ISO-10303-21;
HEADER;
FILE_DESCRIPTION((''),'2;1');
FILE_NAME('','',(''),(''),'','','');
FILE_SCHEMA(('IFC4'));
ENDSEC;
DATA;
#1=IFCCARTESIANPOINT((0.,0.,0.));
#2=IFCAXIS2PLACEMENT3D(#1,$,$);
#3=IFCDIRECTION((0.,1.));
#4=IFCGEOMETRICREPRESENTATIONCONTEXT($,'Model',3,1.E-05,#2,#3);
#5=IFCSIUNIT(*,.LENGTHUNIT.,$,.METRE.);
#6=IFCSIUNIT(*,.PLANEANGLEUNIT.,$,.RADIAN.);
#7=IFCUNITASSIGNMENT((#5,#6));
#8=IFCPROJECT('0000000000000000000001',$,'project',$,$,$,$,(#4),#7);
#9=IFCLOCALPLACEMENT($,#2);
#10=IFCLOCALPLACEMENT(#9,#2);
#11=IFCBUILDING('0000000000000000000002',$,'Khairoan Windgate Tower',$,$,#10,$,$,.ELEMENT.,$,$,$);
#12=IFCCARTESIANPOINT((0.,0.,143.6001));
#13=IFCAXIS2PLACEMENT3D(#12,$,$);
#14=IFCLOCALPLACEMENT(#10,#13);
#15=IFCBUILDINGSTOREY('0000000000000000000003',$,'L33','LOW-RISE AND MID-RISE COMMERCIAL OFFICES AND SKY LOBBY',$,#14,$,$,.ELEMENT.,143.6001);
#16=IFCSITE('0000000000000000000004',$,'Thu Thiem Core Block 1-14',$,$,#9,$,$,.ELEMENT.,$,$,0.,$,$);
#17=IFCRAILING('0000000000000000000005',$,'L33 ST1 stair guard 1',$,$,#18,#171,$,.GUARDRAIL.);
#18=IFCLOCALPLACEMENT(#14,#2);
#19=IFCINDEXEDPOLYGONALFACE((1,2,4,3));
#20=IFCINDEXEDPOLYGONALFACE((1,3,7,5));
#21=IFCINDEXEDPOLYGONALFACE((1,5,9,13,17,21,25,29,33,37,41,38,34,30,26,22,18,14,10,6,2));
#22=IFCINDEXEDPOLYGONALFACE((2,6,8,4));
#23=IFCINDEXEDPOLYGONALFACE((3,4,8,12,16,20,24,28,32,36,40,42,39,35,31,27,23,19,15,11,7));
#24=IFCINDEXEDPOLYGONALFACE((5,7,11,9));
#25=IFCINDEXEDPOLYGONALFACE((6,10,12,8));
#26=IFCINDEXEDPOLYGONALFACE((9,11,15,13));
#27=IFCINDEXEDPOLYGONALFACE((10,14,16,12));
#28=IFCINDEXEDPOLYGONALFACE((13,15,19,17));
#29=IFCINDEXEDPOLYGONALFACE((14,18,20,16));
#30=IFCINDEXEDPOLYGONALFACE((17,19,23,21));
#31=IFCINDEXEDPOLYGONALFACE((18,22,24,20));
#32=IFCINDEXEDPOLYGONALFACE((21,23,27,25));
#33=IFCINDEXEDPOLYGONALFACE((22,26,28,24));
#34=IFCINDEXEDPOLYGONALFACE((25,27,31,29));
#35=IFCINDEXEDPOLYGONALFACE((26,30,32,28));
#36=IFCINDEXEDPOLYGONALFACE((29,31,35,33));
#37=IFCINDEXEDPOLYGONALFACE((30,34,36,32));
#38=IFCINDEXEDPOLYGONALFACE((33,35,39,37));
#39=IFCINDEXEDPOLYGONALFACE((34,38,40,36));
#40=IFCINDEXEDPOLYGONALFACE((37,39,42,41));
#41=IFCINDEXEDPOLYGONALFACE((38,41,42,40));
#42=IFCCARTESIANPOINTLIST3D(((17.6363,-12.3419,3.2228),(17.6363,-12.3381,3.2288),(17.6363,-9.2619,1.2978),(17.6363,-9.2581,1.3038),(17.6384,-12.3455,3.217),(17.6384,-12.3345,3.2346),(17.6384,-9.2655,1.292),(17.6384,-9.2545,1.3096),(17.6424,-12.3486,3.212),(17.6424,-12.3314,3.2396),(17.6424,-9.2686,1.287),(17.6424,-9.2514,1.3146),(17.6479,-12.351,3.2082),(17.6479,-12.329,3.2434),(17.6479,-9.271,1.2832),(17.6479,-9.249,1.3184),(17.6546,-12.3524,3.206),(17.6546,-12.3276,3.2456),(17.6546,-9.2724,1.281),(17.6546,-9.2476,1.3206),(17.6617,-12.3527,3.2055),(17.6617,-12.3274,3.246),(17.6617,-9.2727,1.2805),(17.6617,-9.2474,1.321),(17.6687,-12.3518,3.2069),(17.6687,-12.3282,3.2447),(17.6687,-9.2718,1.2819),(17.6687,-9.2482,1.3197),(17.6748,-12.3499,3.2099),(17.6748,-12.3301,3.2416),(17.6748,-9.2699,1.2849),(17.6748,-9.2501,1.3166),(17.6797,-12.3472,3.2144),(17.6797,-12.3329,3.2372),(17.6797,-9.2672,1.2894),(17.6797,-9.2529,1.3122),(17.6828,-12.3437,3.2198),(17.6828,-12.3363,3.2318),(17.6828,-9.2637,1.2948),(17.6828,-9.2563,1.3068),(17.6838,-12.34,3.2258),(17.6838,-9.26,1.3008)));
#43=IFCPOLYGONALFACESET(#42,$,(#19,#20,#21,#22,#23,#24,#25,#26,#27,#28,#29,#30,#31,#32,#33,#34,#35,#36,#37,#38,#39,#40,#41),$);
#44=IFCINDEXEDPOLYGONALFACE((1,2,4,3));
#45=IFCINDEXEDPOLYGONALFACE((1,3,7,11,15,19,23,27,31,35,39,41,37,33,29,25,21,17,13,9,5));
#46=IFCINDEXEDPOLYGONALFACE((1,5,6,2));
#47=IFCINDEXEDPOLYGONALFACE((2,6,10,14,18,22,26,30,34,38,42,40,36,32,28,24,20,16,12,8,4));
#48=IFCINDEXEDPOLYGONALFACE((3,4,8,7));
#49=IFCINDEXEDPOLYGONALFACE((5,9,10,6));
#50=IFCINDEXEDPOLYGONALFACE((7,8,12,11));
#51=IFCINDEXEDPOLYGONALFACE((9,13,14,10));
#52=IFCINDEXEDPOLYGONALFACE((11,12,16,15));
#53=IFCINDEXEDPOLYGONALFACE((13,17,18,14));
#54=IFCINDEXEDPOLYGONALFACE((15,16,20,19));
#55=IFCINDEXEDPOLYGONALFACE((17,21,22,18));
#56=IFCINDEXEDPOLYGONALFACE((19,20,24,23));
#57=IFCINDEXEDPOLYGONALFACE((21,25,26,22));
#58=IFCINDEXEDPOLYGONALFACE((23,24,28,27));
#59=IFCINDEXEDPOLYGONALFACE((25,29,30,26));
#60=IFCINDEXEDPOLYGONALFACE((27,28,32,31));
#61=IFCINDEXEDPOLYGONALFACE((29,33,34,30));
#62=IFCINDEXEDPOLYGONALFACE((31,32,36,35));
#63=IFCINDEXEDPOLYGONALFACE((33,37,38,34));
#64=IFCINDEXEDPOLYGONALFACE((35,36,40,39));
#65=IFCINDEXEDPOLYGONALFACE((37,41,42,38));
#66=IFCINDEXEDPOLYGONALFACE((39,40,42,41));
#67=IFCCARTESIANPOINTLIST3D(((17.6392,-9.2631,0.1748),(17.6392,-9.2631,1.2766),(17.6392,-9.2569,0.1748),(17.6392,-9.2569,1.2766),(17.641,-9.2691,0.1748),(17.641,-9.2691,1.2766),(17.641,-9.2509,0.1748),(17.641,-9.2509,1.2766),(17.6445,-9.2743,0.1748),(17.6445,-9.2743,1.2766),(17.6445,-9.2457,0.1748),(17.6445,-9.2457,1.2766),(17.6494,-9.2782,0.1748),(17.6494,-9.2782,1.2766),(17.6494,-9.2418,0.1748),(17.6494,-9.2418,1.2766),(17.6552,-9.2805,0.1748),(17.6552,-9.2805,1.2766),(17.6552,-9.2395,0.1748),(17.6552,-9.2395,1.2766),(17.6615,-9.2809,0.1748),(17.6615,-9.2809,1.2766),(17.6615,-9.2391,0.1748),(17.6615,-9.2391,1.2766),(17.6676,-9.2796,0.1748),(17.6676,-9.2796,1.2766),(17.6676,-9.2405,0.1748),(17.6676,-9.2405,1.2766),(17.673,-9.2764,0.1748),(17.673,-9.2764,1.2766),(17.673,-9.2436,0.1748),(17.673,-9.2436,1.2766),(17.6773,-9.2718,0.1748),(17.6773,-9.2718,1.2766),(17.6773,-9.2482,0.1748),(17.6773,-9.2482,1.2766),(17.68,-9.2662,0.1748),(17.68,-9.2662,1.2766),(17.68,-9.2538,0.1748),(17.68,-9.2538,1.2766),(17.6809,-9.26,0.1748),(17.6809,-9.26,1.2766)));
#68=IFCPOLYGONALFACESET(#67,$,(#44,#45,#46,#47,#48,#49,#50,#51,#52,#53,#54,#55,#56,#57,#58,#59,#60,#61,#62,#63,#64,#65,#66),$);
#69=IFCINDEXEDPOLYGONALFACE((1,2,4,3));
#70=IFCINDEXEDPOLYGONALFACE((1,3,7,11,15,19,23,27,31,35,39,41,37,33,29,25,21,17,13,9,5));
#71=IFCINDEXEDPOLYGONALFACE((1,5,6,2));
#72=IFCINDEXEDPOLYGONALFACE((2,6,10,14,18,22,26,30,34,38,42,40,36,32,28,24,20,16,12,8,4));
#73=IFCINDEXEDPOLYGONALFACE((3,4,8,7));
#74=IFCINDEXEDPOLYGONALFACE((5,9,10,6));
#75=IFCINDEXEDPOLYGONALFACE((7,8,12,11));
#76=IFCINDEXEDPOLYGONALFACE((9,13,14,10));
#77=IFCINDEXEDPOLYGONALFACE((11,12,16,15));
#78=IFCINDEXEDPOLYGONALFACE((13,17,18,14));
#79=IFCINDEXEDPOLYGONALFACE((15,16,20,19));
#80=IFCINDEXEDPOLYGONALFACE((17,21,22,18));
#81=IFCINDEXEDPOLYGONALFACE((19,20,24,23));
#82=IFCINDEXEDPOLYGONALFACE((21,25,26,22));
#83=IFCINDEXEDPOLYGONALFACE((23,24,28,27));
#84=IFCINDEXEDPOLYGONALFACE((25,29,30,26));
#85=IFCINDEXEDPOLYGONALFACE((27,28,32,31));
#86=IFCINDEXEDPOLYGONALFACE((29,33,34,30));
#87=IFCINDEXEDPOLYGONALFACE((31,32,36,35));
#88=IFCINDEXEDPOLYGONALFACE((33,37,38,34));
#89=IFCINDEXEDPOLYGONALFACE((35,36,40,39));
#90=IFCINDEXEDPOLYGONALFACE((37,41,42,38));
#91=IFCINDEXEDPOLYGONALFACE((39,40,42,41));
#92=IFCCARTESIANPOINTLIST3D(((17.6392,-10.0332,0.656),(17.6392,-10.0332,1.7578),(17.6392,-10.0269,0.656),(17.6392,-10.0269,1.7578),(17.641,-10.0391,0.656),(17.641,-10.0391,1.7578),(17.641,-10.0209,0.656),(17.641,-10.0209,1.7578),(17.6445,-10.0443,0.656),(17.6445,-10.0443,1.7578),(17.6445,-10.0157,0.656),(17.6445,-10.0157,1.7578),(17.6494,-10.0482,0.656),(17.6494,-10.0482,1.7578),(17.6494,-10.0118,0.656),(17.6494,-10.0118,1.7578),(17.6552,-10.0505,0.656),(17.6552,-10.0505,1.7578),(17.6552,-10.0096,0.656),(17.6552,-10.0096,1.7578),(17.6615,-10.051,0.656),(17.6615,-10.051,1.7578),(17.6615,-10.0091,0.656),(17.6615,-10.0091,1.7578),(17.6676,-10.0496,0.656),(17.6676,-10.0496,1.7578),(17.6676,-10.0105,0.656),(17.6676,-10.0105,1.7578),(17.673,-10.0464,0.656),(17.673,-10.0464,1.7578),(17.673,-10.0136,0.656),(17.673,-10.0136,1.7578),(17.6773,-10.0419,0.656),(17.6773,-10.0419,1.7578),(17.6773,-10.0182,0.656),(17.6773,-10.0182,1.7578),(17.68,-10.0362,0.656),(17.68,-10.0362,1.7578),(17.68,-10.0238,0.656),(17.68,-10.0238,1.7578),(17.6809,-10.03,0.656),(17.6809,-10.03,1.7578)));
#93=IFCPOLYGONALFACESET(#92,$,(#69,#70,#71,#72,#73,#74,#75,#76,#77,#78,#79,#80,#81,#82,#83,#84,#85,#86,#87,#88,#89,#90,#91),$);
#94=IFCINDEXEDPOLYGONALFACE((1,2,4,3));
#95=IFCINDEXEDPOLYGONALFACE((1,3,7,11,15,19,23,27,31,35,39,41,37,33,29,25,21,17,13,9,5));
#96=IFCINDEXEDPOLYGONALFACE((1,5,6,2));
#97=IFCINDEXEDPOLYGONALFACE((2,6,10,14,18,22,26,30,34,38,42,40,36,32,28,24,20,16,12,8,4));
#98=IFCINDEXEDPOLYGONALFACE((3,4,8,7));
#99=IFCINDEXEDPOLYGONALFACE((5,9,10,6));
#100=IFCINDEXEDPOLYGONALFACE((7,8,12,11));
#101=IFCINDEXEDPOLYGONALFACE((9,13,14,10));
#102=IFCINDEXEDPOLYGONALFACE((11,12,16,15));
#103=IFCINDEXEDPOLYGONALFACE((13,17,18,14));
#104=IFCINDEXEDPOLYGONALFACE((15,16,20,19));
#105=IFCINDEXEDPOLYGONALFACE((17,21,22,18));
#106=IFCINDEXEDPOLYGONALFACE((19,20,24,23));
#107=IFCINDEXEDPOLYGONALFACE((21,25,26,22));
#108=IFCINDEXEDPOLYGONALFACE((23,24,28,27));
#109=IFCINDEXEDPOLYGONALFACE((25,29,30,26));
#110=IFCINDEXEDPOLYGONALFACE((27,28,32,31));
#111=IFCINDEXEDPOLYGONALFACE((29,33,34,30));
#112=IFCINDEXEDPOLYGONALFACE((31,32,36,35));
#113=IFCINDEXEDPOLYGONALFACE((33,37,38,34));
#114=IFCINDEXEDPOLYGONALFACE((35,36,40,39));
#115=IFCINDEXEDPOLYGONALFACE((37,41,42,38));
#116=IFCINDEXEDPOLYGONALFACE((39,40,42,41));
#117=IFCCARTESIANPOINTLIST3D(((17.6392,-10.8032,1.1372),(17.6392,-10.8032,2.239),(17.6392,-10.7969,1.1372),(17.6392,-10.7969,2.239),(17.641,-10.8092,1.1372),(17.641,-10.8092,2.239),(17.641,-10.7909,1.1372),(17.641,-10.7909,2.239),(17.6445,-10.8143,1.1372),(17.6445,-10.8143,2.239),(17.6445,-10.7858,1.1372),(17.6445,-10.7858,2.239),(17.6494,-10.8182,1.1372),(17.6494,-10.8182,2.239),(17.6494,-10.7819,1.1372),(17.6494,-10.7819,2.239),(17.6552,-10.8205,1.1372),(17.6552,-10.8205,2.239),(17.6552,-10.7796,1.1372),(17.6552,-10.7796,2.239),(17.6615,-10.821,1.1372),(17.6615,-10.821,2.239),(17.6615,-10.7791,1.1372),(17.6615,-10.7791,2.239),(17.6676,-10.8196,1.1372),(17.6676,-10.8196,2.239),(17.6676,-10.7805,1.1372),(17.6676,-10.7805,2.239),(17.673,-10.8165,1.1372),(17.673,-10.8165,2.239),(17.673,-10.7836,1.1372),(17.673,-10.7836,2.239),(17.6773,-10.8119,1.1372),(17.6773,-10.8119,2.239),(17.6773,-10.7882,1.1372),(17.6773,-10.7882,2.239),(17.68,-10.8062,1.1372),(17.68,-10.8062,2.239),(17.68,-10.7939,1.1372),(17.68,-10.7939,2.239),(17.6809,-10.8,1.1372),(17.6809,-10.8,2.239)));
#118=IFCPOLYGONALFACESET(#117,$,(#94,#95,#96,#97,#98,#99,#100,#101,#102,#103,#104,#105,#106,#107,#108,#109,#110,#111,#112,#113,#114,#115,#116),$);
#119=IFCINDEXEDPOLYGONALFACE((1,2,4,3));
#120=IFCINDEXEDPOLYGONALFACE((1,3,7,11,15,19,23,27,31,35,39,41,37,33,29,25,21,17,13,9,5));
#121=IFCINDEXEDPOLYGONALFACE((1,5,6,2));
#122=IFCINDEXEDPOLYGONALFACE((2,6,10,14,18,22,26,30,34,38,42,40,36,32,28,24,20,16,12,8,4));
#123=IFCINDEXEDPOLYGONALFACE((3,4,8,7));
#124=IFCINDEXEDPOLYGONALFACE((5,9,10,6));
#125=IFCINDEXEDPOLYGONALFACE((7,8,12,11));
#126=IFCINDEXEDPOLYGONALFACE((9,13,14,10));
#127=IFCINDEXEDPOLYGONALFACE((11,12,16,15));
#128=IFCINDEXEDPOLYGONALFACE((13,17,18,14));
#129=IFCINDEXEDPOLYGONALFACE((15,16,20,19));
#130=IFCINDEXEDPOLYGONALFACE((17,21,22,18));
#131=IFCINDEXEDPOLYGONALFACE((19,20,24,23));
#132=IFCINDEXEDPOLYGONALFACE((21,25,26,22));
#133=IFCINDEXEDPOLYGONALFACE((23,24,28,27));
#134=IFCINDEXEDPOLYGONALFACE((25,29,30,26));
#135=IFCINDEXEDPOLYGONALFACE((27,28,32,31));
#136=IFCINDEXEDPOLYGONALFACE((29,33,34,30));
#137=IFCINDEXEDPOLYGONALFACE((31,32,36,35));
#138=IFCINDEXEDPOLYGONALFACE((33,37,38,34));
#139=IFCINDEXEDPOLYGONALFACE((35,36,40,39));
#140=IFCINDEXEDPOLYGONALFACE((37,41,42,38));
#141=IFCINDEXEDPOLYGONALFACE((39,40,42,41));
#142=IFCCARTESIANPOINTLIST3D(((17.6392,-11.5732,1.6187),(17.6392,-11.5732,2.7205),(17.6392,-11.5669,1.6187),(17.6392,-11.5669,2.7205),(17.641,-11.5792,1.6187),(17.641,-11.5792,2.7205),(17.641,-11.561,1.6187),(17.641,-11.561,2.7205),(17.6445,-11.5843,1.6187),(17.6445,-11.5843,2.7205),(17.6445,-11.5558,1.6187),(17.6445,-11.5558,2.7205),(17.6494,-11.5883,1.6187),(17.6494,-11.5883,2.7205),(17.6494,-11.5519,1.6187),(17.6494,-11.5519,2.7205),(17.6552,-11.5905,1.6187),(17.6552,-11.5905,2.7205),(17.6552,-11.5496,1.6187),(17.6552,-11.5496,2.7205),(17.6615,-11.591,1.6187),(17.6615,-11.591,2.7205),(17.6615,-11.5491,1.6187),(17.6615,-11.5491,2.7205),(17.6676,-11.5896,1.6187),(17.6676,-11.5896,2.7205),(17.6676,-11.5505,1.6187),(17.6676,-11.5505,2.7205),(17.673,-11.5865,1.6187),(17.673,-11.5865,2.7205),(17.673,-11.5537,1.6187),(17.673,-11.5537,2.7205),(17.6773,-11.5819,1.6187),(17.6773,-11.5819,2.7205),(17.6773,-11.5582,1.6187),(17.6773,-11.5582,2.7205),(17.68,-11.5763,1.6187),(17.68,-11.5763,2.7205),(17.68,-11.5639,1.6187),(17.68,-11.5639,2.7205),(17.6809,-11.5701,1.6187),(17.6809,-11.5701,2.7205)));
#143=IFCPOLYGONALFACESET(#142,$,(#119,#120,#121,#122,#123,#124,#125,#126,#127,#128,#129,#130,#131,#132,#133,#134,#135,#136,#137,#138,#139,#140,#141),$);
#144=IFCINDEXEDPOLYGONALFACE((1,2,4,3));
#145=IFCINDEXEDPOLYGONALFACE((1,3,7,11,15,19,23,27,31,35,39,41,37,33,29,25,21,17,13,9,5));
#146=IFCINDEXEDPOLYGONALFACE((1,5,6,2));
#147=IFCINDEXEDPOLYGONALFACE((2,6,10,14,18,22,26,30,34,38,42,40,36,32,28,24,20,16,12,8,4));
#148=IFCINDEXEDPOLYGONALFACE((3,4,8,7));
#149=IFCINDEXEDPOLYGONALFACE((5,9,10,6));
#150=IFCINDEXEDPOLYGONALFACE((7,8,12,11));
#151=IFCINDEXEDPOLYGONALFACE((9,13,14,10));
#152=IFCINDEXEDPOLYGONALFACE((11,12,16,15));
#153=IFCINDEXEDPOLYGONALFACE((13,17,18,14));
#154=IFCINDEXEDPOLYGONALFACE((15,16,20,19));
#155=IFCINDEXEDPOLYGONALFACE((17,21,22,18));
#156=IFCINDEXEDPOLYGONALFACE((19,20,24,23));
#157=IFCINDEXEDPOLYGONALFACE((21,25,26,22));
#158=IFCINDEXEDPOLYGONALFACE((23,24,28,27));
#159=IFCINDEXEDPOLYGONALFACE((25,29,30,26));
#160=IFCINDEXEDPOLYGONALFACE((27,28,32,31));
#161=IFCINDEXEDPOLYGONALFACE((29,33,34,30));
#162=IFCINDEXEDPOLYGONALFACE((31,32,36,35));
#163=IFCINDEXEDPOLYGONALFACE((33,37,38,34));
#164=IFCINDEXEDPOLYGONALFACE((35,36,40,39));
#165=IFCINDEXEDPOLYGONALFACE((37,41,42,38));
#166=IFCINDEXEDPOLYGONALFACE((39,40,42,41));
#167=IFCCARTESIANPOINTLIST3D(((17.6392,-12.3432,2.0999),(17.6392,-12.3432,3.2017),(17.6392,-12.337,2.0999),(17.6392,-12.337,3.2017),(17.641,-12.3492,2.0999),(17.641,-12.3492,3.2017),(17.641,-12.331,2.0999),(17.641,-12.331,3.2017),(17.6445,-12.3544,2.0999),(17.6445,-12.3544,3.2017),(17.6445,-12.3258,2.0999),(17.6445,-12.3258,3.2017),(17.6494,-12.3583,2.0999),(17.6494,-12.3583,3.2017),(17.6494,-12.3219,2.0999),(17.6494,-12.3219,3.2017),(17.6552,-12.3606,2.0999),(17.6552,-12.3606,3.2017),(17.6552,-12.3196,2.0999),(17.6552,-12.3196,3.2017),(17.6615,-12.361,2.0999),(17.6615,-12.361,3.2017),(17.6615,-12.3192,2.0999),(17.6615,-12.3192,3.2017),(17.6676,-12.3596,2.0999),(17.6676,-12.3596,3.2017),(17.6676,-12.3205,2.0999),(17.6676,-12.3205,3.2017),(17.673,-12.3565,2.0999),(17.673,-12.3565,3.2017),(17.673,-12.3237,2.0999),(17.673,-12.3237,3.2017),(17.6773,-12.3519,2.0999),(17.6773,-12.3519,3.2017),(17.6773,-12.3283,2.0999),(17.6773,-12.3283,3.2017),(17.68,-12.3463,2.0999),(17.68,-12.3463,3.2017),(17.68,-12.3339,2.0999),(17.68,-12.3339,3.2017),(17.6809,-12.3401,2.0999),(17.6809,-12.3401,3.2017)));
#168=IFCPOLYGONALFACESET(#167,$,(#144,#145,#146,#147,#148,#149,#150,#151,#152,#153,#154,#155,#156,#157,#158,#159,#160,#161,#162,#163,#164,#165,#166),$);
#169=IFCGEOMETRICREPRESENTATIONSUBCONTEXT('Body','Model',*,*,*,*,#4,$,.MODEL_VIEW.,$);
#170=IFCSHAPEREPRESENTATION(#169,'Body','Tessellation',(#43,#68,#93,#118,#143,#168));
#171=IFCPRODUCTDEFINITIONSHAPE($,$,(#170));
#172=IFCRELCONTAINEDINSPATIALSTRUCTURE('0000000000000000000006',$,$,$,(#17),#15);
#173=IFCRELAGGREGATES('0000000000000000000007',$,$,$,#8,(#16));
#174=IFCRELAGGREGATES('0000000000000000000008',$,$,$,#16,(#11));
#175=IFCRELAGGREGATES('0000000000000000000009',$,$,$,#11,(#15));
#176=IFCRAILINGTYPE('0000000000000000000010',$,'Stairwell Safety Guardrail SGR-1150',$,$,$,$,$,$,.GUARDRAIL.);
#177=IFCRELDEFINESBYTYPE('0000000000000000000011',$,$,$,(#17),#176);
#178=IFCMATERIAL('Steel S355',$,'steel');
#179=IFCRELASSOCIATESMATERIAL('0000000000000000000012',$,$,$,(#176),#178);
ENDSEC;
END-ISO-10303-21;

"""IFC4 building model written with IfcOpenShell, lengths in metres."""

from ifc_helpers import new_model, si_unit, direction, frame, origin, origin_2d, place, context, subcontext, project, spatial, circle, extrude, material, type_object, element, save


model = new_model("IFC4")

# Units and contexts
model_context = context("Model", 3, precision=1e-05, world=origin(), true_north=direction((0.0, 1.0)))
body_context = subcontext(model_context, "Body", "Model", "MODEL_VIEW")
ifc_project = project(units=[si_unit("LENGTHUNIT", "METRE"), si_unit("PLANEANGLEUNIT", "RADIAN")], contexts=[model_context])

# Site, building, storey
site_placement = place(None, origin())
site = spatial("IfcSite", under=ifc_project, at=site_placement, Name="Thu Thiem Core Block 1-14", CompositionType="ELEMENT", RefElevation=0.0)
building_placement = place(site_placement, origin())
building = spatial("IfcBuilding", under=site, at=building_placement, Name="Khairoan Windgate Tower", CompositionType="ELEMENT")
storey_placement = place(building_placement, frame((0.0, 0.0, 143.6001)))
storey = spatial("IfcBuildingStorey", under=building, at=storey_placement, Name="L33", Description="LOW-RISE AND MID-RISE COMMERCIAL OFFICES AND SKY LOBBY", CompositionType="ELEMENT", Elevation=143.6001)

# Railing
ifc_material_1 = material(Name="Steel S355", Category="steel")
railing_type_1 = type_object("IfcRailingType", Name="Stairwell Safety Guardrail SGR-1150", PredefinedType="GUARDRAIL", material=ifc_material_1)
railing_1_placement = place(storey_placement, frame((17.6599, -9.26, 0.1748)))
element("IfcRailing", 1, at=railing_1_placement, inside=storey, type_object=railing_type_1, Name="L33 ST1 stair guard 1", PredefinedType="GUARDRAIL", context=body_context, shape_type="SweptSolid", body=[
    extrude(circle(Radius=0.0239, at=origin_2d()), frame((0.0, 0.0, 1.126), z_axis=(0.0, -0.847998, 0.529999), x_axis=(1.0, 0.0, 0.0)), (0.0, 0.0, 1.0), 3.6321),
    extrude(circle(Radius=0.021, at=origin_2d()), origin(), (0.0, 0.0, 1.0), 1.1018),
    extrude(circle(Radius=0.021, at=origin_2d()), frame((0.0, -0.77, 0.4812)), (0.0, 0.0, 1.0), 1.1018),
    extrude(circle(Radius=0.021, at=origin_2d()), frame((0.0, -1.54, 0.9624)), (0.0, 0.0, 1.0), 1.1018),
    extrude(circle(Radius=0.021, at=origin_2d()), frame((0.0, -2.3101, 1.4438)), (0.0, 0.0, 1.0), 1.1018),
    extrude(circle(Radius=0.021, at=origin_2d()), frame((0.0, -3.0801, 1.925)), (0.0, 0.0, 1.0), 1.1018),
])

save(model, "model.ifc")
